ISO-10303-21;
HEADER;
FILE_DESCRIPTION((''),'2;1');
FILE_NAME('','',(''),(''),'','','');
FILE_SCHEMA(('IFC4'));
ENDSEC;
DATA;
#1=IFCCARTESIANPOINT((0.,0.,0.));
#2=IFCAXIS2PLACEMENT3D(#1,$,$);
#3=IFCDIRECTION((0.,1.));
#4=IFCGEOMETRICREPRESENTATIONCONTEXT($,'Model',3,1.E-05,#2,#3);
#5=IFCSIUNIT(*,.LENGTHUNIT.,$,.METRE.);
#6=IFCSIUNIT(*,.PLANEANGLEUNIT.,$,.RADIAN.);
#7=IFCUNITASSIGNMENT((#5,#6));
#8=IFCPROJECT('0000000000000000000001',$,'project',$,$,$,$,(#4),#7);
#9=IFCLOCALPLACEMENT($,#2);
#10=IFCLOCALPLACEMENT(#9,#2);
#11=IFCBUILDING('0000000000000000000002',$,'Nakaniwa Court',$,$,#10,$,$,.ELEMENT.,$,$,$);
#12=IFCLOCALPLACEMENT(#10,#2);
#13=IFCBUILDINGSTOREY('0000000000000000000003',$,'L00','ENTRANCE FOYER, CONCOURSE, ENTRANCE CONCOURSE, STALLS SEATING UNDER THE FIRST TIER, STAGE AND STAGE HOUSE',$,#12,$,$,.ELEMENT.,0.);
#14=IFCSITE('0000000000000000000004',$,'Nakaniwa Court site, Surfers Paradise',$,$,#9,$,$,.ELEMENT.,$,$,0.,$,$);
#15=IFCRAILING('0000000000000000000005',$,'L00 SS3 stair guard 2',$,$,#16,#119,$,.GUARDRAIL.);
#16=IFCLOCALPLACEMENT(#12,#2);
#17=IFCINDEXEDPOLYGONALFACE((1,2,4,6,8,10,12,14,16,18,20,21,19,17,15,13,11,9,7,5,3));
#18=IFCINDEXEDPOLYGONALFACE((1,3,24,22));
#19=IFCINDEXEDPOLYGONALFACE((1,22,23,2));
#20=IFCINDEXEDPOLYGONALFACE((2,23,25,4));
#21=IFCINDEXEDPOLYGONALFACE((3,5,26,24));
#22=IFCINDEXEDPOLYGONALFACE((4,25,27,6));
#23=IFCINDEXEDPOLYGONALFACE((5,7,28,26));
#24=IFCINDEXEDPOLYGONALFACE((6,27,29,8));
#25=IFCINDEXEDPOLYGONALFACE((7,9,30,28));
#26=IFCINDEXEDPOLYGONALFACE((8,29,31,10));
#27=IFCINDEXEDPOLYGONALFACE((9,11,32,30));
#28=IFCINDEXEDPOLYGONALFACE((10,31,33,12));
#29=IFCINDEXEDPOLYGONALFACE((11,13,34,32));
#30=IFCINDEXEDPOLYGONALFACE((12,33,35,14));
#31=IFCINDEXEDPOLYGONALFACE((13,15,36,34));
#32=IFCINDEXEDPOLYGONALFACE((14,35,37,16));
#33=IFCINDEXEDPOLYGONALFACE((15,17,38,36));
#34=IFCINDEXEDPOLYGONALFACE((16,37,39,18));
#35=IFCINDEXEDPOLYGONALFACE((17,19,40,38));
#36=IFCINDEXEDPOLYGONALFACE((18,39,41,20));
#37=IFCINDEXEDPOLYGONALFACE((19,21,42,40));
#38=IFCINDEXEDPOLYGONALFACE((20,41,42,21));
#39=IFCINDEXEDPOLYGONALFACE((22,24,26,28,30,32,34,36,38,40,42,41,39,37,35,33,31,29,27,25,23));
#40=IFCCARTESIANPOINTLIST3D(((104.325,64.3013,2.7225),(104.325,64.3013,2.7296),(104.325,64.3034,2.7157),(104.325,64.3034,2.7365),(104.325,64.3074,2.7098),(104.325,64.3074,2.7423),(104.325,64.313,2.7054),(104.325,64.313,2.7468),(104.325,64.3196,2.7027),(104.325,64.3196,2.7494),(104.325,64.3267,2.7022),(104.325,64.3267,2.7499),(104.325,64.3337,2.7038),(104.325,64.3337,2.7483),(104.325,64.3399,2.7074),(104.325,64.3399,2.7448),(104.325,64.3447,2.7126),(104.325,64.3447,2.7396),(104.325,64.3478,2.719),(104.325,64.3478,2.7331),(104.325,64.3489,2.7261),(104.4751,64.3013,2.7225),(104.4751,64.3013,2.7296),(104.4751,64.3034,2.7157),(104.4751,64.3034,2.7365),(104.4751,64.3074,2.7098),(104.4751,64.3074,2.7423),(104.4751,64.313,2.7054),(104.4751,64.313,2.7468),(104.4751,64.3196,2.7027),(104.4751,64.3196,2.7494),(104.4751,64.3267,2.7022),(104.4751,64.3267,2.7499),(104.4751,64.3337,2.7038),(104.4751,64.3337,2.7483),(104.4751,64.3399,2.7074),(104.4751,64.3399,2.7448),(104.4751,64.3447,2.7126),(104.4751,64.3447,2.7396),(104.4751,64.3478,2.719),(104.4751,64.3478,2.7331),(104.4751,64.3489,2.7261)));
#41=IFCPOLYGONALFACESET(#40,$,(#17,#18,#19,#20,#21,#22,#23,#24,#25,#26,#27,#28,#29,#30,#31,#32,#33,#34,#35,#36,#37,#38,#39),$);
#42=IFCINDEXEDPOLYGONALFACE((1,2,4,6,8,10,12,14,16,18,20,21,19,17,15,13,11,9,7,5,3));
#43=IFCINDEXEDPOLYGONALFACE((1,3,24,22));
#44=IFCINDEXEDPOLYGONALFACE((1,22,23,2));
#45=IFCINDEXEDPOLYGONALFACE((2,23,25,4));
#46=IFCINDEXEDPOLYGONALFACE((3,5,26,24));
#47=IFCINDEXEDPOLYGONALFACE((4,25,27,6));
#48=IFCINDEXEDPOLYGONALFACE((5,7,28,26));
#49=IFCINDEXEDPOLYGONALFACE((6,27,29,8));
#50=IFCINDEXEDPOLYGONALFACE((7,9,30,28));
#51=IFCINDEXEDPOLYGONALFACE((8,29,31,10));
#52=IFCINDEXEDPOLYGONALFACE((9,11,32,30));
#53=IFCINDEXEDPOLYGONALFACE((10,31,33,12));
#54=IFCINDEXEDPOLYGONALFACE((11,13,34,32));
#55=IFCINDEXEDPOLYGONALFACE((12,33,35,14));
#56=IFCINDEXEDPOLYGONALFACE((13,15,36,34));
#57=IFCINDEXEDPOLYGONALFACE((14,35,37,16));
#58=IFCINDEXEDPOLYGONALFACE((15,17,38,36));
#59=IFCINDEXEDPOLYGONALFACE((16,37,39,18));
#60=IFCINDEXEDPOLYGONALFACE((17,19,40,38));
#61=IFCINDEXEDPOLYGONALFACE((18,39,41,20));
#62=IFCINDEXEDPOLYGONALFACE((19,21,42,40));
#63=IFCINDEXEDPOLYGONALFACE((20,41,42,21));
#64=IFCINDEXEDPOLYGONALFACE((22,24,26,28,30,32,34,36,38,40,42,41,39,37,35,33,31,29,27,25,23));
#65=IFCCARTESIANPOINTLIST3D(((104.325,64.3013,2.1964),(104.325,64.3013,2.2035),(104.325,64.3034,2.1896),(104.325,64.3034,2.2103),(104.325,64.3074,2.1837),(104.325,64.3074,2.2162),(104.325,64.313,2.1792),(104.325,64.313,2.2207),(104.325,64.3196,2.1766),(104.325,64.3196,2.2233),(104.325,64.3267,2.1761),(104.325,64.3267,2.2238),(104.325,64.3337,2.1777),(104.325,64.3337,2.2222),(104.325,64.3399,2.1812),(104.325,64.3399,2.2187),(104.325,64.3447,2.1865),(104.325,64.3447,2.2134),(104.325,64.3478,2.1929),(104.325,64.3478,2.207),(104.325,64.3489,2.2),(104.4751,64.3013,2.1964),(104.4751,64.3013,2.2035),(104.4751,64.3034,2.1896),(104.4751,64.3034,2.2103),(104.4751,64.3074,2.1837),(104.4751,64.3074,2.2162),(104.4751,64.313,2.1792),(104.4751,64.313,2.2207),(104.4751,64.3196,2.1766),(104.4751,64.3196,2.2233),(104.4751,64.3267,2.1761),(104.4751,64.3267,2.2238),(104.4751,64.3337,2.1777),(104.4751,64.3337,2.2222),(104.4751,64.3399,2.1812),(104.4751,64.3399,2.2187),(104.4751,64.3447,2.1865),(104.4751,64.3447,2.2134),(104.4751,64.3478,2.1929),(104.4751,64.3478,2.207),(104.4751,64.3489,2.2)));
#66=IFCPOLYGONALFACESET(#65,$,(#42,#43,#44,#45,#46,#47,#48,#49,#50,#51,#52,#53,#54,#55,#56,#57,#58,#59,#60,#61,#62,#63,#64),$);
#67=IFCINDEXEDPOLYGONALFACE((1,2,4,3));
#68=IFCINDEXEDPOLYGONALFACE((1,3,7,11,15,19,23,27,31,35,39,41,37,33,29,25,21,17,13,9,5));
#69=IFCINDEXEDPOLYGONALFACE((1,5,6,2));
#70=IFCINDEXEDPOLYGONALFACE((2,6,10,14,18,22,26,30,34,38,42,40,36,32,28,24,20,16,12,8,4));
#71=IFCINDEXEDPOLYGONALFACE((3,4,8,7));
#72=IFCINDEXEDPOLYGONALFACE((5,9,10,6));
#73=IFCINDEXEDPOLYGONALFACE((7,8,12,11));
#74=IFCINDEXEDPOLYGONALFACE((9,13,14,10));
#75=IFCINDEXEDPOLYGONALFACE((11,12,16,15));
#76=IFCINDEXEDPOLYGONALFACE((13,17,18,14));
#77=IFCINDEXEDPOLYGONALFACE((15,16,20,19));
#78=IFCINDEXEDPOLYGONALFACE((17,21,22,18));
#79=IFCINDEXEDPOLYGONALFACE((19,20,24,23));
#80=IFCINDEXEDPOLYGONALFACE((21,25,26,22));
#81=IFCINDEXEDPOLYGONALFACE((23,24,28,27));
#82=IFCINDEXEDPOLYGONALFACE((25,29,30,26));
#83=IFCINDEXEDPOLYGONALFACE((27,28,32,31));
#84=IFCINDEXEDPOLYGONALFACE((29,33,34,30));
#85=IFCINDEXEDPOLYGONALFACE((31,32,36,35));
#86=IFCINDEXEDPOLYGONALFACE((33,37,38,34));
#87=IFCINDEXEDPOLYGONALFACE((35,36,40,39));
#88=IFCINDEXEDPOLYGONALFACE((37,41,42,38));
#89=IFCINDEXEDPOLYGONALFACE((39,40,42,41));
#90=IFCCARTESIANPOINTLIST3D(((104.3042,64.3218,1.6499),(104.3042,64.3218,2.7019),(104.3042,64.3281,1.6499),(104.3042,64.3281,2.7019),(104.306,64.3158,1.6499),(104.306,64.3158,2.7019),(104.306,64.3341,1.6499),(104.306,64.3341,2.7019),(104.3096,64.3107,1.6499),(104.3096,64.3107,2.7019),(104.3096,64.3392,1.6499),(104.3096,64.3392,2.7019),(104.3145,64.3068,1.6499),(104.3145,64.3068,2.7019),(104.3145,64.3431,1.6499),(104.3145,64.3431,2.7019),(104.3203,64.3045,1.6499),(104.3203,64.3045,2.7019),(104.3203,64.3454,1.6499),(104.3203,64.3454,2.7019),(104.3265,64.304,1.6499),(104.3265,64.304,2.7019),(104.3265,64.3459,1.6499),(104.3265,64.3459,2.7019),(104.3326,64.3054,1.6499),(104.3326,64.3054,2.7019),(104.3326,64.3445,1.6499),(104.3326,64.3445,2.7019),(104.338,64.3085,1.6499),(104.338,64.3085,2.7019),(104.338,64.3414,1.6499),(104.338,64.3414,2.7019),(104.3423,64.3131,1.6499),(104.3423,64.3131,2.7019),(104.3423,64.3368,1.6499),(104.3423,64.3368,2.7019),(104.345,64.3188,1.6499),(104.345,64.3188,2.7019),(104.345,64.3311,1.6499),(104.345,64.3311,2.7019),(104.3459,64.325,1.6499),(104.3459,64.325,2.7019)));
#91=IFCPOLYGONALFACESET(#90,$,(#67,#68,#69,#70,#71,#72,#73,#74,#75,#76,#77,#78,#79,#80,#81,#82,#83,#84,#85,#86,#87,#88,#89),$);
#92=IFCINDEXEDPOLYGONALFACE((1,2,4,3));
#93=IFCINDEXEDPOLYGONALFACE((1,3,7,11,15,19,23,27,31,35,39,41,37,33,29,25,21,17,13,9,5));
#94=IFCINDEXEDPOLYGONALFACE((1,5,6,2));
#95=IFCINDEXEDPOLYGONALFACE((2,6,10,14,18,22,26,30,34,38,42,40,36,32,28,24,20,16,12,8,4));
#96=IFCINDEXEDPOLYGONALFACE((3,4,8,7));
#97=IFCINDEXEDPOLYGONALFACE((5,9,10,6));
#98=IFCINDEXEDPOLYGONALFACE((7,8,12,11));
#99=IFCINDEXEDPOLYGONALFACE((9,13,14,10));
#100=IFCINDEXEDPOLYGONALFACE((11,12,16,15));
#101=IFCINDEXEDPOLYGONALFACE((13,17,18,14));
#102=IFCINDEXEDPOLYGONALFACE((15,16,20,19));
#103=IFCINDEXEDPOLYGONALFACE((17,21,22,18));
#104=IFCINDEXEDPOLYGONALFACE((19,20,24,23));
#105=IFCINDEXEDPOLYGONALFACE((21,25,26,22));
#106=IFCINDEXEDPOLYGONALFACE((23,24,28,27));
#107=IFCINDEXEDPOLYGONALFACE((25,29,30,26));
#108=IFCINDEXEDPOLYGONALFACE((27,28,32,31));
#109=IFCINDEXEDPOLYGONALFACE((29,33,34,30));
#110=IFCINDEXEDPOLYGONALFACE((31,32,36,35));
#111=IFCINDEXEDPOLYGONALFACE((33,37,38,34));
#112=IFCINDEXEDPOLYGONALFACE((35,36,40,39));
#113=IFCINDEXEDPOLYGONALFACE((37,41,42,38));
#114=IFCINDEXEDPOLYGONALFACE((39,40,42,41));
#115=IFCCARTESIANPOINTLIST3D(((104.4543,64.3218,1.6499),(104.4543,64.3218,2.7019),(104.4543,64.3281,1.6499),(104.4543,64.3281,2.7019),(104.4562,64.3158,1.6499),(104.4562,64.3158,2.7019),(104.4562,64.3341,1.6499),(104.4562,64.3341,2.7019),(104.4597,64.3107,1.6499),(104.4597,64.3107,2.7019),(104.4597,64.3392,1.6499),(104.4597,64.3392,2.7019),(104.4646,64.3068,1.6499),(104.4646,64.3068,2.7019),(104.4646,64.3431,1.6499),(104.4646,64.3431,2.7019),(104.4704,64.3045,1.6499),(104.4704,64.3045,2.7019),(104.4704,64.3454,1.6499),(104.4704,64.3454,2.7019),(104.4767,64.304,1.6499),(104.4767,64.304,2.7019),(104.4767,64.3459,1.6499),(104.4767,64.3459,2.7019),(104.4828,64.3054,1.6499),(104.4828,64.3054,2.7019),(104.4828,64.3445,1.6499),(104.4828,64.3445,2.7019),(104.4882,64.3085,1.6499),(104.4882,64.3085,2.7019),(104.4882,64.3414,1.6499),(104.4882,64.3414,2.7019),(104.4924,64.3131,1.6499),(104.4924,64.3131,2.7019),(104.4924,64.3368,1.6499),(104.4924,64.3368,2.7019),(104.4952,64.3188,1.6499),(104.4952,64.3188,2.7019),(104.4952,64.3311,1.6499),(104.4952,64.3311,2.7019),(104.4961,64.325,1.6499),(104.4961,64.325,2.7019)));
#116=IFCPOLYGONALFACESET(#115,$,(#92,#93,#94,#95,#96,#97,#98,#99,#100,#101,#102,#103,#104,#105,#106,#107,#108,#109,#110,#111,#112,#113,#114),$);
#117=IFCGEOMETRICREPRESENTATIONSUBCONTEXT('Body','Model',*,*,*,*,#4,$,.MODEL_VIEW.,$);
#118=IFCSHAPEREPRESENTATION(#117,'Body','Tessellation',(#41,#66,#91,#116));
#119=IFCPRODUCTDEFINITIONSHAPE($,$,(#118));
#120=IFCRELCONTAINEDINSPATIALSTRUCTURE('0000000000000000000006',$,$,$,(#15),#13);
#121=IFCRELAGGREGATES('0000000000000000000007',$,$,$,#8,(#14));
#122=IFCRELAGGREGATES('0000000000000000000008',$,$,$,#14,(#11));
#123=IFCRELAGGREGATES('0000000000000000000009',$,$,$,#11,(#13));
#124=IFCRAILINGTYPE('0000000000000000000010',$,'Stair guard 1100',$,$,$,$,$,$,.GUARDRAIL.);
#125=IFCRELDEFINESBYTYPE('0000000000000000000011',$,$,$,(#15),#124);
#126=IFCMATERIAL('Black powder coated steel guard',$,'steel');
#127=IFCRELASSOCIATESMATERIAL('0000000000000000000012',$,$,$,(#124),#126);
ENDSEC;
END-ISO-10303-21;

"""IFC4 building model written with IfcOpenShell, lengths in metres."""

from ifc_helpers import new_model, si_unit, direction, frame, origin, origin_2d, place, context, subcontext, project, spatial, circle, extrude, material, type_object, element, save


model = new_model("IFC4")

# Units and contexts
model_context = context("Model", 3, precision=1e-05, world=origin(), true_north=direction((0.0, 1.0)))
body_context = subcontext(model_context, "Body", "Model", "MODEL_VIEW")
ifc_project = project(units=[si_unit("LENGTHUNIT", "METRE"), si_unit("PLANEANGLEUNIT", "RADIAN")], contexts=[model_context])

# Site, building, storey
site_placement = place(None, origin())
site = spatial("IfcSite", under=ifc_project, at=site_placement, Name="Nakaniwa Court site, Surfers Paradise", CompositionType="ELEMENT", RefElevation=0.0)
building_placement = place(site_placement, origin())
building = spatial("IfcBuilding", under=site, at=building_placement, Name="Nakaniwa Court", CompositionType="ELEMENT")
storey_placement = place(building_placement, origin())
storey = spatial("IfcBuildingStorey", under=building, at=storey_placement, Name="L00", Description="ENTRANCE FOYER, CONCOURSE, ENTRANCE CONCOURSE, STALLS SEATING UNDER THE FIRST TIER, STAGE AND STAGE HOUSE", CompositionType="ELEMENT", Elevation=0.0)

# Railing
ifc_material_1 = material(Name="Black powder coated steel guard", Category="steel")
railing_type_1 = type_object("IfcRailingType", Name="Stair guard 1100", PredefinedType="GUARDRAIL", material=ifc_material_1)
railing_1_placement = place(storey_placement, frame((104.325, 64.325, 1.6499)))
element("IfcRailing", 1, at=railing_1_placement, inside=storey, type_object=railing_type_1, Name="L00 SS3 stair guard 2", PredefinedType="GUARDRAIL", context=body_context, shape_type="SweptSolid", body=[
    extrude(circle(Radius=0.0239, at=origin_2d()), frame((0.0, 0.0, 1.0762), z_axis=(1.0, 0.0, 0.0), x_axis=(0.0, 1.0, 0.0)), (0.0, 0.0, 1.0), 0.1501),
    extrude(circle(Radius=0.0239, at=origin_2d()), frame((0.0, 0.0, 0.55), z_axis=(1.0, 0.0, 0.0), x_axis=(0.0, 1.0, 0.0)), (0.0, 0.0, 1.0), 0.1501),
    extrude(circle(Radius=0.021, at=origin_2d()), origin(), (0.0, 0.0, 1.0), 1.052),
    extrude(circle(Radius=0.021, at=origin_2d()), frame((0.1501, 0.0, 0.0)), (0.0, 0.0, 1.0), 1.052),
])

save(model, "model.ifc")
